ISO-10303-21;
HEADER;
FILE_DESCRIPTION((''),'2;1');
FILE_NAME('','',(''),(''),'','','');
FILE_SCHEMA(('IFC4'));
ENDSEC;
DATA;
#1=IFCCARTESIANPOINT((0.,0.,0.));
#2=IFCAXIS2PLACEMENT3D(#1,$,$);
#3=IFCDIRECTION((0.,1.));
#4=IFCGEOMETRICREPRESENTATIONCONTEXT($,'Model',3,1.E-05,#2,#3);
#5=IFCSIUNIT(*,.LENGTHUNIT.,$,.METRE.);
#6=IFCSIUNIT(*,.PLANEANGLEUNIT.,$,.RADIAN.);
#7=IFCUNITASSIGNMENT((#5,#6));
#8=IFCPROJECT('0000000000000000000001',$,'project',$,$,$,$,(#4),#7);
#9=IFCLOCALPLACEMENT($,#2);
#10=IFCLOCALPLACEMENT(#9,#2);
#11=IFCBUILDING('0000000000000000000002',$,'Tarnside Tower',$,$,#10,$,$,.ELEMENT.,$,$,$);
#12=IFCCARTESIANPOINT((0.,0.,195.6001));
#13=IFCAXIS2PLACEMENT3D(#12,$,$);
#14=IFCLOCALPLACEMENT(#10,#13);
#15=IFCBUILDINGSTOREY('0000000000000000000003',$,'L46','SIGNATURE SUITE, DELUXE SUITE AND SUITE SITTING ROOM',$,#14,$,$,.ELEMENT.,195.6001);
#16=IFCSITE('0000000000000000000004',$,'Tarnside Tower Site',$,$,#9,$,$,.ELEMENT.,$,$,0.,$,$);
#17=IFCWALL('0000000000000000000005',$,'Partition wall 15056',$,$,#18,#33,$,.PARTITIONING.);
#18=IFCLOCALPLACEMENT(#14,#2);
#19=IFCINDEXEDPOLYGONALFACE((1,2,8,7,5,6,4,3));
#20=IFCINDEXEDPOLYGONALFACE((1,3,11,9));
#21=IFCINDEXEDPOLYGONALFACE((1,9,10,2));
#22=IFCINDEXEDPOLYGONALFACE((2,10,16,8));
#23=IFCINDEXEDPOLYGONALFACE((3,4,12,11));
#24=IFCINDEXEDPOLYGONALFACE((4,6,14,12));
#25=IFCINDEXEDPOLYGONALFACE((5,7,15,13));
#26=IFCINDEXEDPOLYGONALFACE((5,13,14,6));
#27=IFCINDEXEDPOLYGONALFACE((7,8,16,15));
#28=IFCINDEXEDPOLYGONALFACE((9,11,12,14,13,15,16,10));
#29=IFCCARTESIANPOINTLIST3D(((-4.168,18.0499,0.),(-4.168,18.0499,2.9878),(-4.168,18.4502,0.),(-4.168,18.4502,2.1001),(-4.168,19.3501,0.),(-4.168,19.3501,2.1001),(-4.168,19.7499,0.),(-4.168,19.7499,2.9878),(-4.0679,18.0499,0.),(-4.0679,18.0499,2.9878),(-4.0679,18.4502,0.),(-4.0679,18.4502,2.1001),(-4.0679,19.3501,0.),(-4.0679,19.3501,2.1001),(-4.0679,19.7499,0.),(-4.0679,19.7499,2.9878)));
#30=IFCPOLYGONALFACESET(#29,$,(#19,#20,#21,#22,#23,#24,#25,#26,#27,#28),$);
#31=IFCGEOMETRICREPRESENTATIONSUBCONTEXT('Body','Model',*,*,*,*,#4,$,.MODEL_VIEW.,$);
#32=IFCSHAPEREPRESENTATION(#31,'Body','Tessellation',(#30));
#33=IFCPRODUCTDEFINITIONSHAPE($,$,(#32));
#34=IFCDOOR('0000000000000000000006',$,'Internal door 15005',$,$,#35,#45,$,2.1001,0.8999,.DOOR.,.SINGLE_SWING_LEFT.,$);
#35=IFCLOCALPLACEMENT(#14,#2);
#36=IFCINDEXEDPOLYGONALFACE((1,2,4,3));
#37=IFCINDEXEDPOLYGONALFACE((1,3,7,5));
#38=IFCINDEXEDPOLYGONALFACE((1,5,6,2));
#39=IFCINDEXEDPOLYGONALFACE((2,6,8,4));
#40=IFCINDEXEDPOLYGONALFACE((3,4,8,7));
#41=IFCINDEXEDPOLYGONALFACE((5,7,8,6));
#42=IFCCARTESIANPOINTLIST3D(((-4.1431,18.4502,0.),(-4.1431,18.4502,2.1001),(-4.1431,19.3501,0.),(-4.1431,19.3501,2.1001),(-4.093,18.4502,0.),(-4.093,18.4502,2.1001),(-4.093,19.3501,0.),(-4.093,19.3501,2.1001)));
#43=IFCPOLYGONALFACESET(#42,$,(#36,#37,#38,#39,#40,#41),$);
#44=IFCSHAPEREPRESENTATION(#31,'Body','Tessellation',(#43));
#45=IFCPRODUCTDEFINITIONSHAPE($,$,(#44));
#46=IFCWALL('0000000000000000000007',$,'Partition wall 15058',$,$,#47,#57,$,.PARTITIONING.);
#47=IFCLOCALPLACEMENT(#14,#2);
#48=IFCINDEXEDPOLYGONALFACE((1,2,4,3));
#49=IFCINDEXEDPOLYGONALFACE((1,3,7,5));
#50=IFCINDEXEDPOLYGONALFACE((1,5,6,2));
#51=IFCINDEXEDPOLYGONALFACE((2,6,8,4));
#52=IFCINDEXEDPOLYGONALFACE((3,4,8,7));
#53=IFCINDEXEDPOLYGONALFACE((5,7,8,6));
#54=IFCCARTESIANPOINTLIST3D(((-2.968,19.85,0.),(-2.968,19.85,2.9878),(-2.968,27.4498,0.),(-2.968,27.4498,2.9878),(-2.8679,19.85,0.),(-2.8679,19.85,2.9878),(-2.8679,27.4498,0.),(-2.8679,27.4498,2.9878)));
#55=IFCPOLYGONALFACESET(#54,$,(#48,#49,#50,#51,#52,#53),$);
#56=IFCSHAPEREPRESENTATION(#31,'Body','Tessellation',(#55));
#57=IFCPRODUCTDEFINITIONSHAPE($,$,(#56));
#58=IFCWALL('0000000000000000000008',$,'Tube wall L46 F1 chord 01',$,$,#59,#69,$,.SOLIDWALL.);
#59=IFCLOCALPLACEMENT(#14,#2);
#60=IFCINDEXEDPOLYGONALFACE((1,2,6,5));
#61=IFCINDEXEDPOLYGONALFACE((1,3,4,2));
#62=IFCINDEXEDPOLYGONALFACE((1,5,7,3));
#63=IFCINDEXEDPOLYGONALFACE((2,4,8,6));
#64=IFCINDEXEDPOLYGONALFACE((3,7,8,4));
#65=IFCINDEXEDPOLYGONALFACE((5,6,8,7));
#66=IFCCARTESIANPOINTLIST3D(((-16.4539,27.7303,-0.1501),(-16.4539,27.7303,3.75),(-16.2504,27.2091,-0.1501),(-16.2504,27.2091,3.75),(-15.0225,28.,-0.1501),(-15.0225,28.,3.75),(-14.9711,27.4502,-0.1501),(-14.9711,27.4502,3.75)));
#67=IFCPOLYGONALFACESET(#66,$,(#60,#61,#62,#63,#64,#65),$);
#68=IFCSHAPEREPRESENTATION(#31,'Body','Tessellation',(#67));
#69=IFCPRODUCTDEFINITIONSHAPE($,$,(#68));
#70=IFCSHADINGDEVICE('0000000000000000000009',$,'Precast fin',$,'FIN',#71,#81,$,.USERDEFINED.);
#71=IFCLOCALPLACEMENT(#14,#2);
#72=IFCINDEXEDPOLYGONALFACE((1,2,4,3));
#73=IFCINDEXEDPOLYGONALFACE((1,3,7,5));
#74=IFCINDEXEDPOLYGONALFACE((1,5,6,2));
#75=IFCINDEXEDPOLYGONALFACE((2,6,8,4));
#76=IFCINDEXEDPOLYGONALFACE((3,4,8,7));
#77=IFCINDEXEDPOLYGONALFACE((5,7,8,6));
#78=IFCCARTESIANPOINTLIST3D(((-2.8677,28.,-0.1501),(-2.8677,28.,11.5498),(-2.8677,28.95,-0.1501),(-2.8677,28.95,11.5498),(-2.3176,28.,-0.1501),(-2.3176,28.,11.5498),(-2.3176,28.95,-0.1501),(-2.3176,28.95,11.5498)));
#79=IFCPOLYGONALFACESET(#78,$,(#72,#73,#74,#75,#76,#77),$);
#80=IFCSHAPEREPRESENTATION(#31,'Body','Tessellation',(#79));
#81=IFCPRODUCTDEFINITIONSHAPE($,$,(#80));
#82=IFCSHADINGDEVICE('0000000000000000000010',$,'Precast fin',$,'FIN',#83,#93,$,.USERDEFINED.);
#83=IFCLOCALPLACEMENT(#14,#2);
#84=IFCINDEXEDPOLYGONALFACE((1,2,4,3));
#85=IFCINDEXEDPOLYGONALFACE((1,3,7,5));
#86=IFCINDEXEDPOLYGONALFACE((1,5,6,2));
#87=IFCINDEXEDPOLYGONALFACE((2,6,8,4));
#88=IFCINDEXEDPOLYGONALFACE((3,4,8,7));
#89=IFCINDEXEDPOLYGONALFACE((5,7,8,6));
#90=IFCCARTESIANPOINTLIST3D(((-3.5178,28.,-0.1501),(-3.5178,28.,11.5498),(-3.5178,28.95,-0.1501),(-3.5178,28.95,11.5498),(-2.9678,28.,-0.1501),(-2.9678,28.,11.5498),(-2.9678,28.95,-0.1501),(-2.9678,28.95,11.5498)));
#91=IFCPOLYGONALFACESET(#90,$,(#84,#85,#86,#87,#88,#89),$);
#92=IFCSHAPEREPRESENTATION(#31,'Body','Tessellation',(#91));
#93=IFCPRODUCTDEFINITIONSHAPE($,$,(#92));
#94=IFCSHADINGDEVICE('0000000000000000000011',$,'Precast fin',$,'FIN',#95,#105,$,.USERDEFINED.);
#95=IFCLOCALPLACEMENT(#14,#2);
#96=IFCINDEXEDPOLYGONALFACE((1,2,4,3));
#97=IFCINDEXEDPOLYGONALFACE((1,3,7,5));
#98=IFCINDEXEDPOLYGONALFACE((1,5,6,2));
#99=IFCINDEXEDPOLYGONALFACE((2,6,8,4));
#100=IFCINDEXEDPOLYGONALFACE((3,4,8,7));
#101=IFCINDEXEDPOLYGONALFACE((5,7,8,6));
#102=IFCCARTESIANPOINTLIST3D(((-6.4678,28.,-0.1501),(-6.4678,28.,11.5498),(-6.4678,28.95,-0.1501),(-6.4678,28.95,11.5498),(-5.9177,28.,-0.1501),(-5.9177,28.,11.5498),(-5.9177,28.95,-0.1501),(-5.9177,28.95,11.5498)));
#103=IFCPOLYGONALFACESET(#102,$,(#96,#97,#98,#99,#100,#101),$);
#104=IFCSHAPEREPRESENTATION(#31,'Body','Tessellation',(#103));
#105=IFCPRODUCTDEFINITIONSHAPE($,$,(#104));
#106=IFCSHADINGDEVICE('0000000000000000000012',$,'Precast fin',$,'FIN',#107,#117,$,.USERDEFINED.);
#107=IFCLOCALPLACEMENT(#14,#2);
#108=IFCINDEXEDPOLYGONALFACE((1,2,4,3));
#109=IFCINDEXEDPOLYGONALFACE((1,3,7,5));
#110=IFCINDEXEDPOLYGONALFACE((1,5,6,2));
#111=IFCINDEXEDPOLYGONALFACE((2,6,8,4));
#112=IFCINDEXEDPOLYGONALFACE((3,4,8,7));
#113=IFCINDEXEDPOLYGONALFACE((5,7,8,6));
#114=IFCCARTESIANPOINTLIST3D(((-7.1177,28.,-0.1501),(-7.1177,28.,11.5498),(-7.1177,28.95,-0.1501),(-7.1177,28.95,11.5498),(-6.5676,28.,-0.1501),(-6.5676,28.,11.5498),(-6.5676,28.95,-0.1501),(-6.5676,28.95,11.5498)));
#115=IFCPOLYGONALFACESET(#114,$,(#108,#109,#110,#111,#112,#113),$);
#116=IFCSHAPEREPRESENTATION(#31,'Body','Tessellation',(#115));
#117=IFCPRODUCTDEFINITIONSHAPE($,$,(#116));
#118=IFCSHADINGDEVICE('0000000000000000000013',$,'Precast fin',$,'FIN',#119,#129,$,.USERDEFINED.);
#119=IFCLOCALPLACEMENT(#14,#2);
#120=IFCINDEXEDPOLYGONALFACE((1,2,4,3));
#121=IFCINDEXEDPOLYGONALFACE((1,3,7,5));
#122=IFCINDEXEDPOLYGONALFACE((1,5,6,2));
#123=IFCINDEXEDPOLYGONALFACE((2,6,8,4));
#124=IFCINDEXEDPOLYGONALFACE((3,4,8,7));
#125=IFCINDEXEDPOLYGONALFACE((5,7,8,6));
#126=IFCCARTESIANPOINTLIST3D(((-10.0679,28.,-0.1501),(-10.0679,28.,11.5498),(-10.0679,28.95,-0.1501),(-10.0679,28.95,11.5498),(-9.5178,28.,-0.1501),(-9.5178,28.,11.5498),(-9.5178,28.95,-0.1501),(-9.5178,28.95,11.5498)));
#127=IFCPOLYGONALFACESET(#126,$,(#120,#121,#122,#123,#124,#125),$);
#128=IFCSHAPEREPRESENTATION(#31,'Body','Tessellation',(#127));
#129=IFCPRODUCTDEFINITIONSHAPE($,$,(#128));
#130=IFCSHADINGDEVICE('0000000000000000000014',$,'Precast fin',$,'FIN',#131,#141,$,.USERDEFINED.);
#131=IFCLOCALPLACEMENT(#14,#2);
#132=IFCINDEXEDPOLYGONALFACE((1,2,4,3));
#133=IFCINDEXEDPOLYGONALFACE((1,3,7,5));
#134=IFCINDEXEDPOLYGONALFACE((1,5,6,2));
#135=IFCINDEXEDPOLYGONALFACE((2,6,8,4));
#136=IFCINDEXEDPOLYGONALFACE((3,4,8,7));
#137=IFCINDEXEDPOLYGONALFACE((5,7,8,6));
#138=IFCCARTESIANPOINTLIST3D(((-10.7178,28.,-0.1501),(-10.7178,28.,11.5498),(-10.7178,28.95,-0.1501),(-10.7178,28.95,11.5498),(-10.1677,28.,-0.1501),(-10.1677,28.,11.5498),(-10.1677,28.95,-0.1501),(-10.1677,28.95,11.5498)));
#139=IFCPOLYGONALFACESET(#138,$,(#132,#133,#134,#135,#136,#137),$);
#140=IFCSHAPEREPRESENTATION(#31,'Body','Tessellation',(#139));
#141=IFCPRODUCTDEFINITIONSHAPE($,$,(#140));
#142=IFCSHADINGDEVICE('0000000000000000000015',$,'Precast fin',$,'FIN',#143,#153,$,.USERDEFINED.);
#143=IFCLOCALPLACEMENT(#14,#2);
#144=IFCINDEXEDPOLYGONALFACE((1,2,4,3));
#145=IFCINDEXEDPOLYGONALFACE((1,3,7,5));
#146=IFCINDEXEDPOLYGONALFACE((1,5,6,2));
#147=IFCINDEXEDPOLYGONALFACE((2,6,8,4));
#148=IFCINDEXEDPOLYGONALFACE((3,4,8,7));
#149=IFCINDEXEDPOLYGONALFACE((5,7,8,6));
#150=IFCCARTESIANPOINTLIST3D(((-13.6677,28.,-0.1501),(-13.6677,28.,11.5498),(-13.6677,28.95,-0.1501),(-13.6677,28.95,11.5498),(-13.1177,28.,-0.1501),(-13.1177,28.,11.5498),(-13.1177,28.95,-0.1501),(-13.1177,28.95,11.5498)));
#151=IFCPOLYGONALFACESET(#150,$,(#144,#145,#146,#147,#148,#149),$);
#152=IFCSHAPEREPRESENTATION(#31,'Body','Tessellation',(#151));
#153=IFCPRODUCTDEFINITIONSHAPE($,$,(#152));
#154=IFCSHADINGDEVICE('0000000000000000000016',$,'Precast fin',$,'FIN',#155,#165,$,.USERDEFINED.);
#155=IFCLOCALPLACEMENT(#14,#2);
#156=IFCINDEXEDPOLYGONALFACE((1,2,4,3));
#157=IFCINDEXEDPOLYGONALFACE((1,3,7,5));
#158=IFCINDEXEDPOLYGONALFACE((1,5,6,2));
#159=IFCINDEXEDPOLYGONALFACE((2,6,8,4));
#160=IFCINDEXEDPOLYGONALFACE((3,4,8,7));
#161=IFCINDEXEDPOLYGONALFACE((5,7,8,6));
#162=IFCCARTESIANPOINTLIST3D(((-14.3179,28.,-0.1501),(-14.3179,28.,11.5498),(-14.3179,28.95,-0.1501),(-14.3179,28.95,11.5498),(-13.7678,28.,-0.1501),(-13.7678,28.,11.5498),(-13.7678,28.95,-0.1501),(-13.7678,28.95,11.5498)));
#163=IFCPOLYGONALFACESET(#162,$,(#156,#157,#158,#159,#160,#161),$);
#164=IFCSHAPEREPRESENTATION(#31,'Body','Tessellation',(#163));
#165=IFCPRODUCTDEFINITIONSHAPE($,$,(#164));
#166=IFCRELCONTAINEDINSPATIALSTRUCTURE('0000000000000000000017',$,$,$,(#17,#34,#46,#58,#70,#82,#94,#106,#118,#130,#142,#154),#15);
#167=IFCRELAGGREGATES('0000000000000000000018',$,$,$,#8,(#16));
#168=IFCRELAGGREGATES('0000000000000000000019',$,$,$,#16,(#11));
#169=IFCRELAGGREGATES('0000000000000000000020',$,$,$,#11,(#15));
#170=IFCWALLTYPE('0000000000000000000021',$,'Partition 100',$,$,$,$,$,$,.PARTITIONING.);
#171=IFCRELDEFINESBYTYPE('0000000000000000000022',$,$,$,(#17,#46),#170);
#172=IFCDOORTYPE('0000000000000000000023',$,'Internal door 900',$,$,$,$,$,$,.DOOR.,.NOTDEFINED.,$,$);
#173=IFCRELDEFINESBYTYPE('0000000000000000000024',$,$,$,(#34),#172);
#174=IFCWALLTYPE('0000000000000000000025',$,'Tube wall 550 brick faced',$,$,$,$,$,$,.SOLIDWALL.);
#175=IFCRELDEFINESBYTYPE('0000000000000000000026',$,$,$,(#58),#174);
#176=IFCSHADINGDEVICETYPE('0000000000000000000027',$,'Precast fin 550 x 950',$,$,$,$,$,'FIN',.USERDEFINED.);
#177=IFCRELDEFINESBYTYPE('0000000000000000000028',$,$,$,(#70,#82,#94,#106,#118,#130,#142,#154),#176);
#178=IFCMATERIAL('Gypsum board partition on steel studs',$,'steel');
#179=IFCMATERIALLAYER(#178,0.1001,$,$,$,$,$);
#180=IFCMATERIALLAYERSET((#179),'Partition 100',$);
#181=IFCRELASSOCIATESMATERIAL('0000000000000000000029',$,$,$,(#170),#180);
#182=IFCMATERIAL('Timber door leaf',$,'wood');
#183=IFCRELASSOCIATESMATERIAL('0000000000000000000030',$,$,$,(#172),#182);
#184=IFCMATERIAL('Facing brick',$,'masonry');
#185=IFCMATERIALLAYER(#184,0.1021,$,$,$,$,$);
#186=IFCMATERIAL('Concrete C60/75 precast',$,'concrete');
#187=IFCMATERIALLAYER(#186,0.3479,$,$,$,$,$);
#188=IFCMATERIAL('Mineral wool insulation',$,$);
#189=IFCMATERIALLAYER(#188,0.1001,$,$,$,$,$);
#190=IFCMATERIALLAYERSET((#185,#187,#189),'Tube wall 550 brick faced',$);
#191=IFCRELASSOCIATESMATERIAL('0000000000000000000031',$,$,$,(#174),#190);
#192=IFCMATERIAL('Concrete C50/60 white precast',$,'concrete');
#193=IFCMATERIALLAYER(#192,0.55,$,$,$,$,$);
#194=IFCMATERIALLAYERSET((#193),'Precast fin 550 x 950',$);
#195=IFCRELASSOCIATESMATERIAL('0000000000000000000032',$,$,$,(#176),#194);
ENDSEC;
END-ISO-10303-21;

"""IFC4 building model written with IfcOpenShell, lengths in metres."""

from ifc_helpers import new_model, si_unit, direction, frame, frame_2d, origin, place, context, subcontext, project, spatial, polyline, rectangle, outline, extrude, material, layer, layer_set, type_object, element, fill, save


model = new_model("IFC4")

# Units and contexts
model_context = context("Model", 3, precision=1e-05, world=origin(), true_north=direction((0.0, 1.0)))
body_context = subcontext(model_context, "Body", "Model", "MODEL_VIEW")
ifc_project = project(units=[si_unit("LENGTHUNIT", "METRE"), si_unit("PLANEANGLEUNIT", "RADIAN")], contexts=[model_context])

# Site, building, storey
site_placement = place(None, origin())
site = spatial("IfcSite", under=ifc_project, at=site_placement, Name="Tarnside Tower Site", CompositionType="ELEMENT", RefElevation=0.0)
building_placement = place(site_placement, origin())
building = spatial("IfcBuilding", under=site, at=building_placement, Name="Tarnside Tower", CompositionType="ELEMENT")
storey_placement = place(building_placement, frame((0.0, 0.0, 195.6001)))
storey = spatial("IfcBuildingStorey", under=building, at=storey_placement, Name="L46", Description="SIGNATURE SUITE, DELUXE SUITE AND SUITE SITTING ROOM", CompositionType="ELEMENT", Elevation=195.6001)

# Shared definitions
ifc_material_1 = material(Name="Gypsum board partition on steel studs", Category="steel")
ifc_material_2 = material(Name="Timber door leaf", Category="wood")

# Shared definitions
ifc_layer_1 = layer(ifc_material_1, 0.1001)
ifc_layer_set_1 = layer_set([ifc_layer_1], Name="Partition 100")
wall_type_1 = type_object("IfcWallType", Name="Partition 100", PredefinedType="PARTITIONING", material=ifc_layer_set_1)

# Wall, opening, door
wall_1_placement = place(storey_placement, frame((-4.1179, 19.75, 0.0), z_axis=(0.0, 0.0, 1.0), x_axis=(0.0, -1.0, 0.0)))
wall_1 = element("IfcWall", 1, at=wall_1_placement, inside=storey, type_object=wall_type_1, Name="Partition wall 15056", PredefinedType="PARTITIONING", context=body_context, shape_type="SweptSolid", body=[
    extrude(rectangle(XDim=1.7, YDim=0.1001, at=frame_2d((0.8501, 0.0))), origin(), (0.0, 0.0, 1.0), 2.9878),
])
opening_1_placement = place(wall_1_placement, frame((0.3999, 0.0, 0.0)))
opening_1 = element("IfcOpeningElement", 2, at=opening_1_placement, cuts=wall_1, PredefinedType="OPENING", context=body_context, shape_type="SweptSolid", body=[
    extrude(rectangle(XDim=0.8999, YDim=2.1001, at=frame_2d((0.45, 1.05))), frame((0.0, 0.0601, 0.0), z_axis=(0.0, -1.0, 0.0), x_axis=(1.0, 0.0, 0.0)), (0.0, 0.0, 1.0), 0.1201),
])
door_type_1 = type_object("IfcDoorType", Name="Internal door 900", OperationType="NOTDEFINED", PredefinedType="DOOR", material=ifc_material_2)
door_1_placement = place(opening_1_placement, origin())
door_1 = element("IfcDoor", 3, at=door_1_placement, inside=storey, type_object=door_type_1, Name="Internal door 15005", OperationType="SINGLE_SWING_LEFT", OverallHeight=2.1001, OverallWidth=0.8999, PredefinedType="DOOR", context=body_context, shape_type="SweptSolid", body=[
    extrude(rectangle(XDim=0.8999, YDim=2.1001, at=frame_2d((0.45, 1.05))), frame((0.0, 0.0249, 0.0), z_axis=(0.0, -1.0, 0.0), x_axis=(1.0, 0.0, 0.0)), (0.0, 0.0, 1.0), 0.05),
])
fill(opening_1, door_1)

# Walls
wall_2_placement = place(storey_placement, frame((-2.918, 19.8501, 0.0), z_axis=(0.0, 0.0, 1.0), x_axis=(0.0, 1.0, 0.0)))
element("IfcWall", 4, at=wall_2_placement, inside=storey, type_object=wall_type_1, Name="Partition wall 15058", PredefinedType="PARTITIONING", context=body_context, shape_type="SweptSolid", body=[
    extrude(rectangle(XDim=7.5999, YDim=0.1001, at=frame_2d((3.7998, 0.0))), origin(), (0.0, 0.0, 1.0), 2.9878),
])
ifc_material_3 = material(Name="Facing brick", Category="masonry")
ifc_layer_2 = layer(ifc_material_3, 0.1021)
ifc_material_4 = material(Name="Concrete C60/75 precast", Category="concrete")
ifc_layer_3 = layer(ifc_material_4, 0.3479)
ifc_material_5 = material(Name="Mineral wool insulation")
ifc_layer_4 = layer(ifc_material_5, 0.1001)
ifc_layer_set_2 = layer_set([ifc_layer_2, ifc_layer_3, ifc_layer_4], Name="Tube wall 550 brick faced")
wall_type_2 = type_object("IfcWallType", Name="Tube wall 550 brick faced", PredefinedType="SOLIDWALL", material=ifc_layer_set_2)
wall_3_placement = place(storey_placement, frame((-14.9968, 27.7251, -0.1501), z_axis=(0.0, 0.0, 1.0), x_axis=(-0.982705, -0.185176, 0.0)))
element("IfcWall", 5, at=wall_3_placement, inside=storey, type_object=wall_type_2, Name="Tube wall L46 F1 chord 01", PredefinedType="SOLIDWALL", context=body_context, shape_type="SweptSolid", body=[
    extrude(outline(polyline([(-0.0256, -0.2749), (1.4309, -0.2749), (1.3274, 0.2749), (0.0256, 0.2749), (-0.0256, -0.2749)])), origin(), (0.0, 0.0, 1.0), 3.9001),
])

# Shading devices
ifc_material_6 = material(Name="Concrete C50/60 white precast", Category="concrete")
ifc_layer_5 = layer(ifc_material_6, 0.55)
ifc_layer_set_3 = layer_set([ifc_layer_5], Name="Precast fin 550 x 950")
shading_device_type = type_object("IfcShadingDeviceType", Name="Precast fin 550 x 950", ElementType="FIN", PredefinedType="USERDEFINED", material=ifc_layer_set_3)
for number, where, z_axis, x_axis, name in (
    (6, (-2.5928, 28.0, -0.1501), (1.0, 0.0, 0.0), (0.0, 1.0, 0.0), "Precast fin"),
    (7, (-3.2429, 28.0, -0.1501), (1.0, 0.0, 0.0), (0.0, 1.0, 0.0), "Precast fin"),
    (8, (-6.1929, 28.0, -0.1501), (1.0, 0.0, 0.0), (0.0, 1.0, 0.0), "Precast fin"),
    (9, (-6.8428, 28.0, -0.1501), (1.0, 0.0, 0.0), (0.0, 1.0, 0.0), "Precast fin"),
    (10, (-9.793, 28.0, -0.1501), (1.0, 0.0, 0.0), (0.0, 1.0, 0.0), "Precast fin"),
    (11, (-10.4429, 28.0, -0.1501), (1.0, 0.0, 0.0), (0.0, 1.0, 0.0), "Precast fin"),
    (12, (-13.3928, 28.0, -0.1501), (1.0, 0.0, 0.0), (0.0, 1.0, 0.0), "Precast fin"),
    (13, (-14.043, 28.0, -0.1501), (1.0, 0.0, 0.0), (0.0, 1.0, 0.0), "Precast fin"),
):
    element("IfcShadingDevice", number, at=place(storey_placement, frame(where, z_axis=z_axis, x_axis=x_axis)), inside=storey, type_object=shading_device_type, Name=name, ObjectType="FIN", PredefinedType="USERDEFINED", context=body_context, shape_type="SweptSolid", body=[
        extrude(outline(polyline([(0.0, 0.0), (0.95, 0.0), (0.95, 11.7), (0.0, 11.7), (0.0, 0.0)])), frame((0.0, 0.0, -0.2749)), (0.0, 0.0, 1.0), 0.55),
    ])

save(model, "model.ifc")
